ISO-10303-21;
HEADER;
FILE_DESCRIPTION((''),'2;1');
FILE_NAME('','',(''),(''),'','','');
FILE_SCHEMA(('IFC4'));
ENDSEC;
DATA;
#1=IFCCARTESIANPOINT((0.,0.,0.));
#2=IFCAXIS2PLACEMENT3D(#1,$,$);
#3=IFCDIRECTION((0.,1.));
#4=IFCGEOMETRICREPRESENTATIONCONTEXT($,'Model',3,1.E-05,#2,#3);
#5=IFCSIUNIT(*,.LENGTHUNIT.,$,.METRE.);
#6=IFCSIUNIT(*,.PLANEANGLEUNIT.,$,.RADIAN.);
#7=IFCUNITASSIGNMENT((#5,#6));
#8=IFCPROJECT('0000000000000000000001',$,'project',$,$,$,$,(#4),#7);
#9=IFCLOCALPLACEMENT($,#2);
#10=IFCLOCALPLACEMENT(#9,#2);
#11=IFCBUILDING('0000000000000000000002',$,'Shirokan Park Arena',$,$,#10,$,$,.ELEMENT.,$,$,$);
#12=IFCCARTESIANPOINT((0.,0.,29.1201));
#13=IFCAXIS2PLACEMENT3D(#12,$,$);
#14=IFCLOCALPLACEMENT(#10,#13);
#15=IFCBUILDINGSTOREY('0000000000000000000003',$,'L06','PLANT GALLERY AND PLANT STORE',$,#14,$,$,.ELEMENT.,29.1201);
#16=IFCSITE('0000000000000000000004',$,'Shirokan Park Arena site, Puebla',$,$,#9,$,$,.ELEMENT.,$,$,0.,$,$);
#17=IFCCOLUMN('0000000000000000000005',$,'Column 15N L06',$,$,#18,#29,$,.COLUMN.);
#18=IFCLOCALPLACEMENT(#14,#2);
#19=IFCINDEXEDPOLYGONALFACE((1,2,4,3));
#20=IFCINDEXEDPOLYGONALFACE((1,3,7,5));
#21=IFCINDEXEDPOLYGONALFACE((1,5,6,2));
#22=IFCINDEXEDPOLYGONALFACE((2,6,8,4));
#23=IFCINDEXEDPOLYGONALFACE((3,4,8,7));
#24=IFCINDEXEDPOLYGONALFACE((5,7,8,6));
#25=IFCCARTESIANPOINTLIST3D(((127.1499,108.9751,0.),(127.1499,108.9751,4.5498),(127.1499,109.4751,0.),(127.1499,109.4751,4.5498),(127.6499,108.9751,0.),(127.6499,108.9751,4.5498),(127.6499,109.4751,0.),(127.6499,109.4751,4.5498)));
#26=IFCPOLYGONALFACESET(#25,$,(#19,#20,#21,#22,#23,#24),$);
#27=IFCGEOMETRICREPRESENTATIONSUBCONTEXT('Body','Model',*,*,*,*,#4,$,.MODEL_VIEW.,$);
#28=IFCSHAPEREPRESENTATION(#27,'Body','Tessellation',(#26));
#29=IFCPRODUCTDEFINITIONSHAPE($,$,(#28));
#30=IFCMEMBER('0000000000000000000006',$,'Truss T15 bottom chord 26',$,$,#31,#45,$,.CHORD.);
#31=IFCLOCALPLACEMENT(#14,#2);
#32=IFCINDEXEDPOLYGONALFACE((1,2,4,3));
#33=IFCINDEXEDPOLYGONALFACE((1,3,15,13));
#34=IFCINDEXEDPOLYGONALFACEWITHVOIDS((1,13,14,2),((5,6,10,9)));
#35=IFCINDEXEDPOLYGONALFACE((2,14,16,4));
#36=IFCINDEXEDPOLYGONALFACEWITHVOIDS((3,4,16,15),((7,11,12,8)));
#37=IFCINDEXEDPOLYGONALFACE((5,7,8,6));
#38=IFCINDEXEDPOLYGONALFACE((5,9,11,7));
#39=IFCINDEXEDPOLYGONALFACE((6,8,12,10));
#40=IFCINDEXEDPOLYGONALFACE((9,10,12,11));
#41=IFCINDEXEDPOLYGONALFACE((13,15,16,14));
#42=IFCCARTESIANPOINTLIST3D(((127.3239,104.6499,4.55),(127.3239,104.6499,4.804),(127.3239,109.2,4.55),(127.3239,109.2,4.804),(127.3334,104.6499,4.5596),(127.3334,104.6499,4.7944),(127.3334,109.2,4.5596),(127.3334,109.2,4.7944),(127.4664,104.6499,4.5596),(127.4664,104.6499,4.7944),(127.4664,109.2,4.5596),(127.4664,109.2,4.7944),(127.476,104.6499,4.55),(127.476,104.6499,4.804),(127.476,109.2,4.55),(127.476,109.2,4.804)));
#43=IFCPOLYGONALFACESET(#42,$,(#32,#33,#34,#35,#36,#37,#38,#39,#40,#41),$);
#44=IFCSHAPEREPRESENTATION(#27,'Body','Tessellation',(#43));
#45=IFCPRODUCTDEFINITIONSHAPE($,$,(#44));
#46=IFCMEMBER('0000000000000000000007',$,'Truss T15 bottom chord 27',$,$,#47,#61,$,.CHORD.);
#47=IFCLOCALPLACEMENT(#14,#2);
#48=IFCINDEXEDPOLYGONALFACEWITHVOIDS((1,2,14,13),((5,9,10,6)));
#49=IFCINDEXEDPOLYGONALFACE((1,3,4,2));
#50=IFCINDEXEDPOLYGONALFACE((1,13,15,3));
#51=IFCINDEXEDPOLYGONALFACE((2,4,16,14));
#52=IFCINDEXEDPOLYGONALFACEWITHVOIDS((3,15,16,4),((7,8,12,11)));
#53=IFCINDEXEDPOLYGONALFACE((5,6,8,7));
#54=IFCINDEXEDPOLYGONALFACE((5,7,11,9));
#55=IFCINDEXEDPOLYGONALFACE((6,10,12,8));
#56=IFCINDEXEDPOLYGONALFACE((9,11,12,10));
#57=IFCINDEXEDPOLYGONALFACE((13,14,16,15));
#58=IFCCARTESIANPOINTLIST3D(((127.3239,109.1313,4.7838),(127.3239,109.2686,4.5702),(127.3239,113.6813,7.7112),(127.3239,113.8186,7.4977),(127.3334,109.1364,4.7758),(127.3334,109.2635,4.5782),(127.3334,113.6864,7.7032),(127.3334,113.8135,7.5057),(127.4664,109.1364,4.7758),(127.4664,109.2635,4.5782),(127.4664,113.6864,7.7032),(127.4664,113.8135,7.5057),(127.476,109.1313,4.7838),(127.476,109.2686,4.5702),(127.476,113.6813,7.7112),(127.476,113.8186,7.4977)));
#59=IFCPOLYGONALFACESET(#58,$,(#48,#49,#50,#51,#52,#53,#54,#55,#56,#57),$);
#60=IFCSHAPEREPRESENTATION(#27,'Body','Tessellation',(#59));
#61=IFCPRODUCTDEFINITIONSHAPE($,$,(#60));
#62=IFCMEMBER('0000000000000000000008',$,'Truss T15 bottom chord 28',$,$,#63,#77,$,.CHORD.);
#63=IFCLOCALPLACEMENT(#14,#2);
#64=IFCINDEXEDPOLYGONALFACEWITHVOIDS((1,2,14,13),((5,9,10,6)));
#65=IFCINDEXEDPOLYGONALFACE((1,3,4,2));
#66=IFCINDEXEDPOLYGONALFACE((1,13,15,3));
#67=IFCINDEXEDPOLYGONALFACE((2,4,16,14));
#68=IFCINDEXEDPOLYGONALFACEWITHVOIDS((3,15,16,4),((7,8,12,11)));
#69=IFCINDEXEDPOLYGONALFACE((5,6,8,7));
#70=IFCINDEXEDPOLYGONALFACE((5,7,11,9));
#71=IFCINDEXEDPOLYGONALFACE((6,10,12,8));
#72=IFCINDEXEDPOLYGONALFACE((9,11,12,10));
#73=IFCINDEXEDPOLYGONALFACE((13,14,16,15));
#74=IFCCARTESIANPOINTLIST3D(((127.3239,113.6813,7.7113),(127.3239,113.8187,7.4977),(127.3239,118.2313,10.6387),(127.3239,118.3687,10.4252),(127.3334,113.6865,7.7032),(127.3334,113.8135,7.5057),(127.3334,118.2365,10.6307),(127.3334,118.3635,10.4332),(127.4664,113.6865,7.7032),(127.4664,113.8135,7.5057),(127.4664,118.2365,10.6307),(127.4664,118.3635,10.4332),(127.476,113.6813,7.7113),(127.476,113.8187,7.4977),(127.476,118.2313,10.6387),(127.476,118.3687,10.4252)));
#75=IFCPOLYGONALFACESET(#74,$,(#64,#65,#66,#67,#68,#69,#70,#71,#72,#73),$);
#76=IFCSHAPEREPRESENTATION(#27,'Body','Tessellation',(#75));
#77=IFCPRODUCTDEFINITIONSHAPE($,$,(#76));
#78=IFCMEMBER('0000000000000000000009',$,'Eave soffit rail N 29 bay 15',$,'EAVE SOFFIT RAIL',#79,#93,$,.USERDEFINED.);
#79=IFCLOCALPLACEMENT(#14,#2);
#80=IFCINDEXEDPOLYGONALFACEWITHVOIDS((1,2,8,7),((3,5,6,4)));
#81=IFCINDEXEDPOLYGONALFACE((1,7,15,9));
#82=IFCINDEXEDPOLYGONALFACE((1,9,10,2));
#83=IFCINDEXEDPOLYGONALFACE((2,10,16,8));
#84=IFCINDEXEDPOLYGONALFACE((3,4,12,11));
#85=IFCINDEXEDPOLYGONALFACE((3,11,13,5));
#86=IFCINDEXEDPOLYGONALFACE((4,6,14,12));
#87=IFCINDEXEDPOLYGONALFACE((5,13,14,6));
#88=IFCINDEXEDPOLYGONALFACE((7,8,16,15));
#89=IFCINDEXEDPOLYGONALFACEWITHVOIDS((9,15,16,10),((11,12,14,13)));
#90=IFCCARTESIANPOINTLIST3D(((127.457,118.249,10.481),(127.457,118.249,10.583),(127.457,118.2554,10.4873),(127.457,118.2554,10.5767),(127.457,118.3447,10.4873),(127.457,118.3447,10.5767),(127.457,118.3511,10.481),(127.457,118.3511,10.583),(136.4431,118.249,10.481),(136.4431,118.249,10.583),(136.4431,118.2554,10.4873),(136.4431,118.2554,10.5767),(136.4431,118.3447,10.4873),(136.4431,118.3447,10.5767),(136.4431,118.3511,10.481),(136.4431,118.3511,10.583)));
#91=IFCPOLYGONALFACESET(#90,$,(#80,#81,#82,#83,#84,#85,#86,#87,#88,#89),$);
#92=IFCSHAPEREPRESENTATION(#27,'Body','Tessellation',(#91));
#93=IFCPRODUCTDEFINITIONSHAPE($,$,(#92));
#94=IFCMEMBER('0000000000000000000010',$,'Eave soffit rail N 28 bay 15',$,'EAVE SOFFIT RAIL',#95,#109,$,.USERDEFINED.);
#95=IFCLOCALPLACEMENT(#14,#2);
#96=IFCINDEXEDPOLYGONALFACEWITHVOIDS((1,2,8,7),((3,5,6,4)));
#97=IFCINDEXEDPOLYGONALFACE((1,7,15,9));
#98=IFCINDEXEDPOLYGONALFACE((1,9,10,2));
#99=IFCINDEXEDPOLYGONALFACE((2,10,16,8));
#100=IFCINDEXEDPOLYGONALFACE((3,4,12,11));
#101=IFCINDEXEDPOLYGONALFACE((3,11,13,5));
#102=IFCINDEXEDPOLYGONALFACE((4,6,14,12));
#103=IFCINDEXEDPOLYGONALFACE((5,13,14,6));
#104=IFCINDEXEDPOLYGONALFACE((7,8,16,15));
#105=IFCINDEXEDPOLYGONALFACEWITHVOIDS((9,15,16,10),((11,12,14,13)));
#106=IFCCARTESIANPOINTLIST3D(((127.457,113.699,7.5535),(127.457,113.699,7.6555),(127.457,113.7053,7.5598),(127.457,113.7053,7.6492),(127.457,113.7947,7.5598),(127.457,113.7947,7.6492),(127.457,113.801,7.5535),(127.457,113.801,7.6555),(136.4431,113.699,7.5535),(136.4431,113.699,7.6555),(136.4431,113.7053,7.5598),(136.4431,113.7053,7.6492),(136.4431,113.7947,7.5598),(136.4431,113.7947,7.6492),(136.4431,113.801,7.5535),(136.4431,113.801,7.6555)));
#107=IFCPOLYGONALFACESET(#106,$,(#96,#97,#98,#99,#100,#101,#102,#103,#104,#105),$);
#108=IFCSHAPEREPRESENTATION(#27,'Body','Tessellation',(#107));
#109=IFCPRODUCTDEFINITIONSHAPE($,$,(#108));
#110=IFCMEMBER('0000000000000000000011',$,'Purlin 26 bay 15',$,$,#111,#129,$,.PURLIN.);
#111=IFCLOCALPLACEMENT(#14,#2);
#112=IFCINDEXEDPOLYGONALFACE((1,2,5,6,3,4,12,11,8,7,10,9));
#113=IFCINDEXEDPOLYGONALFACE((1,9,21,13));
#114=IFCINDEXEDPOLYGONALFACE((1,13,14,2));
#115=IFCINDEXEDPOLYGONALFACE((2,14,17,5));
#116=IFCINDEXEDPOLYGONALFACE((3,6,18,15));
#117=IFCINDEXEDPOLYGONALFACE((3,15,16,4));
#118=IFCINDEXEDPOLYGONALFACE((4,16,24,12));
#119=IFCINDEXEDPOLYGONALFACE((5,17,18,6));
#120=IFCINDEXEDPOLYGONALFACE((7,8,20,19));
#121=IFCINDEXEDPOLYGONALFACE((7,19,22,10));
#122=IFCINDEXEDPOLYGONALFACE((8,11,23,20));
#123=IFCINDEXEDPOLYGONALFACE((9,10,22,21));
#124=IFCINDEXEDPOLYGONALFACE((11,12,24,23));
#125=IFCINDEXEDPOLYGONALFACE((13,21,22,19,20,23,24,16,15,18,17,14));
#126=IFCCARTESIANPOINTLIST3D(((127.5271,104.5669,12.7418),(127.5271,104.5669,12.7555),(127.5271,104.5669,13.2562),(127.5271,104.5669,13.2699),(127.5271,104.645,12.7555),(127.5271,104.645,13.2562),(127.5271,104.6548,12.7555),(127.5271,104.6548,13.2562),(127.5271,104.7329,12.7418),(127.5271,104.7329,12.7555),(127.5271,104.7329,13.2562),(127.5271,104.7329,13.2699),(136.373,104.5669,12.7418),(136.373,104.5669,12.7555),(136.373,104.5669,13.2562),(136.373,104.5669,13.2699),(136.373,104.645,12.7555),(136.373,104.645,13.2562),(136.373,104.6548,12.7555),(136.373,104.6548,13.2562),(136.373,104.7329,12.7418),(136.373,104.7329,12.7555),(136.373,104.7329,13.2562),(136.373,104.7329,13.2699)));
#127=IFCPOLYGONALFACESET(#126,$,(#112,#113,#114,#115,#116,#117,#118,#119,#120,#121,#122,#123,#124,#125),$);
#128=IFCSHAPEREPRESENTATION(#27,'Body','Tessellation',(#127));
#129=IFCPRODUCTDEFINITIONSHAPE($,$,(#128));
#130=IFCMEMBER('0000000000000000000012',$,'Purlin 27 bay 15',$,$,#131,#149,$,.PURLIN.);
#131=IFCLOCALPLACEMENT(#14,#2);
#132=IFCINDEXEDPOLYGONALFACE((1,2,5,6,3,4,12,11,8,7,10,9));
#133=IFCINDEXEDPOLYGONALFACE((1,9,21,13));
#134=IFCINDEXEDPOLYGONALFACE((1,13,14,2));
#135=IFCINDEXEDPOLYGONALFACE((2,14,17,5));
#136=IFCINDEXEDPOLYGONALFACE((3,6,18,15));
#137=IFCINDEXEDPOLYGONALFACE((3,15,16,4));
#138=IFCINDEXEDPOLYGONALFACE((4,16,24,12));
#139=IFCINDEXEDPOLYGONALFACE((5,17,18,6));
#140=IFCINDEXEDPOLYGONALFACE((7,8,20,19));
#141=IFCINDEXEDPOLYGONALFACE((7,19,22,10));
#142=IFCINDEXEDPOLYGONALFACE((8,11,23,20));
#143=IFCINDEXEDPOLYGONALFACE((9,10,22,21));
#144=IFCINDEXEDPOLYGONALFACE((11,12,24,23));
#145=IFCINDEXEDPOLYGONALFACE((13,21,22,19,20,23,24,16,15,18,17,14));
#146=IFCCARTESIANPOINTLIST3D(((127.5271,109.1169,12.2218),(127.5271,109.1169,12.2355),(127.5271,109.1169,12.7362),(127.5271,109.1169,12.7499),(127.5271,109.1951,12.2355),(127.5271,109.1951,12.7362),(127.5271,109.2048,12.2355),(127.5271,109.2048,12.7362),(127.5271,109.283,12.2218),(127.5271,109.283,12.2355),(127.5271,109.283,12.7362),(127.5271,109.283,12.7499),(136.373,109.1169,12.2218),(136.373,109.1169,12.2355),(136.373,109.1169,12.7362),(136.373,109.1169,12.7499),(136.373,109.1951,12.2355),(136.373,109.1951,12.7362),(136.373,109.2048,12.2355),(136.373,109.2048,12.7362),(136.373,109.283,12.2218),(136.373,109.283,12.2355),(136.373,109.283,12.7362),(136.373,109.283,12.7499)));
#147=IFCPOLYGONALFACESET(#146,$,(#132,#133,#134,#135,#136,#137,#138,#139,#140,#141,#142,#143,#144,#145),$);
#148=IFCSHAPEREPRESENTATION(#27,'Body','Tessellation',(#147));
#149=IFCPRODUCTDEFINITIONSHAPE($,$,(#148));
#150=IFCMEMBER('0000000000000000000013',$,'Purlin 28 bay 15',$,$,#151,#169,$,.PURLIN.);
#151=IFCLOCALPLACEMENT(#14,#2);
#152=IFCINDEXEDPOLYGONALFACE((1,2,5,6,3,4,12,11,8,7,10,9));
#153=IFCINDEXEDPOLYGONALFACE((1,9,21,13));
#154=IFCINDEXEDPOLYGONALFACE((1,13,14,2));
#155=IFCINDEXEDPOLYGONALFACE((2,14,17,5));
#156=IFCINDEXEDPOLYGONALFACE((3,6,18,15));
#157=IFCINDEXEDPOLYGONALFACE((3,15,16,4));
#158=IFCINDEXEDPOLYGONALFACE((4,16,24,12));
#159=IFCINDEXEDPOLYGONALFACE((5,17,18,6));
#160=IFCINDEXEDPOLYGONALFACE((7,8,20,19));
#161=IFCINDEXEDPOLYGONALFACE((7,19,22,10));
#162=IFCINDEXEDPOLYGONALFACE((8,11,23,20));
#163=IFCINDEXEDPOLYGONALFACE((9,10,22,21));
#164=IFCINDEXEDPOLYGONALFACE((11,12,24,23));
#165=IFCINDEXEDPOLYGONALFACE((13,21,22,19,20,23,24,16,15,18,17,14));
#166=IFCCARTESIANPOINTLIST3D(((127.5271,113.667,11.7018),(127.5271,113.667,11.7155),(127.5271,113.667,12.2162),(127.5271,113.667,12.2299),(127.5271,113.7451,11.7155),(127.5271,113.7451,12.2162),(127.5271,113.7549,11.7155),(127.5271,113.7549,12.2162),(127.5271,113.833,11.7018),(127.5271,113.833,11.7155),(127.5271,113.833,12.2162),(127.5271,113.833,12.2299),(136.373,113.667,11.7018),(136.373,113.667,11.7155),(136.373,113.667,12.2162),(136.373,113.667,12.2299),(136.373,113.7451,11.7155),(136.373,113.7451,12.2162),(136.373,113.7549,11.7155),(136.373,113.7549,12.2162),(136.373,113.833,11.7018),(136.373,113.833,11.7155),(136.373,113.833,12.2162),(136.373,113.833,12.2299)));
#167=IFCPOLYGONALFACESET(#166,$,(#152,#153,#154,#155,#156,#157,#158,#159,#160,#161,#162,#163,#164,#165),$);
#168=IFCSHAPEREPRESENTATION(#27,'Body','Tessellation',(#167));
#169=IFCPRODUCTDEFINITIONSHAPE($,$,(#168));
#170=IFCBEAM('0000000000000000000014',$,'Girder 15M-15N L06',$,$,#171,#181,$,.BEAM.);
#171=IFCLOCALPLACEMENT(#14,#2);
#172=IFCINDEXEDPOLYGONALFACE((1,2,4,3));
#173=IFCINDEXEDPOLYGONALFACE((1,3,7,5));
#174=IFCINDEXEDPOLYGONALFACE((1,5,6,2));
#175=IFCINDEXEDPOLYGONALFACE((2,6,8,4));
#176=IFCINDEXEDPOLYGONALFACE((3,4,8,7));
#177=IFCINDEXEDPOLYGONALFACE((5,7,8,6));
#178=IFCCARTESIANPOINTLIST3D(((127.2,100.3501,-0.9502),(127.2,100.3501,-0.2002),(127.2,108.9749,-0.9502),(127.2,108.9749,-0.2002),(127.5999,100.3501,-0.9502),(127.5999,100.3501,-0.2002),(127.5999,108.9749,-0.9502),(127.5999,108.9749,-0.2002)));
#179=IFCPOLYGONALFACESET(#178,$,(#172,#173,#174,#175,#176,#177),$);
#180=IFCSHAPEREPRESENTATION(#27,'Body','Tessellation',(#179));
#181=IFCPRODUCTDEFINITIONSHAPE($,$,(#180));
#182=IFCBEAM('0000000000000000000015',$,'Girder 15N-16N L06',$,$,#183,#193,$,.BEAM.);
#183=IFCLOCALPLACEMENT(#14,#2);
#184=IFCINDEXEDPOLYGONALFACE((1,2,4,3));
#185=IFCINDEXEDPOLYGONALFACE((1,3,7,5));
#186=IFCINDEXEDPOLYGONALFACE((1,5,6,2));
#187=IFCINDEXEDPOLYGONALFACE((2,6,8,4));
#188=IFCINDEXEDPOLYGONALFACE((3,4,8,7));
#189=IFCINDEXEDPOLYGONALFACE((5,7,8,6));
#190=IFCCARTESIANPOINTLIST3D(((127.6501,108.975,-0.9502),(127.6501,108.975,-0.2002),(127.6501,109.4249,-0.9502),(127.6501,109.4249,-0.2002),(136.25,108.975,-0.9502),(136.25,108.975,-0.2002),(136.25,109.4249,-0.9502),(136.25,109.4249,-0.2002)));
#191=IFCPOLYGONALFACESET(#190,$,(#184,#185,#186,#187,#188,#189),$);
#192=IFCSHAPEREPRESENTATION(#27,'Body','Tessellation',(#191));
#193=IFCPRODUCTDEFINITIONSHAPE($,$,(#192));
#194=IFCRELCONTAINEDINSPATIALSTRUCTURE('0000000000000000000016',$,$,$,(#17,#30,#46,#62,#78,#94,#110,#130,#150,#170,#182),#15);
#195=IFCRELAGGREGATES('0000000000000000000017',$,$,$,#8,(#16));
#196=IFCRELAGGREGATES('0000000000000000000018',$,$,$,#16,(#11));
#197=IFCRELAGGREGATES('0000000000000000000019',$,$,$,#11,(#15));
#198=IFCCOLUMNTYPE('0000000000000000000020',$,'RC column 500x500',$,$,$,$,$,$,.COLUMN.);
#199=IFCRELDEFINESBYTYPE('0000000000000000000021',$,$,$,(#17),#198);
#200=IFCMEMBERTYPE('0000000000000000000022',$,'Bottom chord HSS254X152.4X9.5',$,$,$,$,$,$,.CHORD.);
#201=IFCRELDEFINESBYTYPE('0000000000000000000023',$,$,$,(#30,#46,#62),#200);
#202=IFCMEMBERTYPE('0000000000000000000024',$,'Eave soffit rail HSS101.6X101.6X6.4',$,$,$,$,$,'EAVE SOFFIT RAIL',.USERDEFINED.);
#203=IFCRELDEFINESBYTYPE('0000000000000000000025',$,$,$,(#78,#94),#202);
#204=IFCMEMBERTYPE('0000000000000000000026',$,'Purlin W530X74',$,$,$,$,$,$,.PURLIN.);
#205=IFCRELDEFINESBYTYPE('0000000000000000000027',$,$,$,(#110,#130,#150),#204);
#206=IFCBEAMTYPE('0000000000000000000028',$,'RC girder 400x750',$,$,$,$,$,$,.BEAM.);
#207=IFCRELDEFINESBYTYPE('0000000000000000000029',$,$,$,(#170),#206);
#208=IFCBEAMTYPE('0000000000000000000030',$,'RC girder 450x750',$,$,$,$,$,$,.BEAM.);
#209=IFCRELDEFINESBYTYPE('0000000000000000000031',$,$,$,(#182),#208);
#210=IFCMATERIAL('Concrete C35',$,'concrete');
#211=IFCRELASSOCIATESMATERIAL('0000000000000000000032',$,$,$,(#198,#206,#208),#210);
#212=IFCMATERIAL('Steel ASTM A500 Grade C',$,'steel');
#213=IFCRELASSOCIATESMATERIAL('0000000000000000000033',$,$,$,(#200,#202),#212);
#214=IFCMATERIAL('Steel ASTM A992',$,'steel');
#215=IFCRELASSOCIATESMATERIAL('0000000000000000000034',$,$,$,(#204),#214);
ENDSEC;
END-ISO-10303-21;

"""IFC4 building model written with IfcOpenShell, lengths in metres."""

from ifc_helpers import new_model, si_unit, direction, frame, origin, origin_2d, place, context, subcontext, project, spatial, rectangle, hollow_rectangle, i_section, extrude, material, material_profile, profile_set, type_object, element, save


model = new_model("IFC4")

# Units and contexts
model_context = context("Model", 3, precision=1e-05, world=origin(), true_north=direction((0.0, 1.0)))
body_context = subcontext(model_context, "Body", "Model", "MODEL_VIEW")
ifc_project = project(units=[si_unit("LENGTHUNIT", "METRE"), si_unit("PLANEANGLEUNIT", "RADIAN")], contexts=[model_context])

# Site, building, storey
site_placement = place(None, origin())
site = spatial("IfcSite", under=ifc_project, at=site_placement, Name="Shirokan Park Arena site, Puebla", CompositionType="ELEMENT", RefElevation=0.0)
building_placement = place(site_placement, origin())
building = spatial("IfcBuilding", under=site, at=building_placement, Name="Shirokan Park Arena", CompositionType="ELEMENT")
storey_placement = place(building_placement, frame((0.0, 0.0, 29.1201)))
storey = spatial("IfcBuildingStorey", under=building, at=storey_placement, Name="L06", Description="PLANT GALLERY AND PLANT STORE", CompositionType="ELEMENT", Elevation=29.1201)

# Column
ifc_material_1 = material(Name="Concrete C35", Category="concrete")
ifc_material_profile_1 = material_profile(ifc_material_1, rectangle(XDim=0.5, YDim=0.5, at=origin_2d()), Name="500x500")
ifc_profile_set_1 = profile_set([ifc_material_profile_1], Name="Concrete C35")
column_type = type_object("IfcColumnType", Name="RC column 500x500", PredefinedType="COLUMN", material=ifc_profile_set_1)
column_placement = place(storey_placement, frame((127.3999, 109.2251, 0.0), z_axis=(0.0, 0.0, 1.0), x_axis=(1.0, 0.0, 0.0)))
element("IfcColumn", 1, at=column_placement, inside=storey, type_object=column_type, Name="Column 15N L06", PredefinedType="COLUMN", context=body_context, shape_type="SweptSolid", body=[
    extrude(rectangle(XDim=0.5, YDim=0.5, at=origin_2d()), origin(), (0.0, 0.0, 1.0), 4.5498),
])

# Members
ifc_material_2 = material(Name="Steel ASTM A500 Grade C", Category="steel")
ifc_material_profile_2 = material_profile(ifc_material_2, hollow_rectangle(XDim=0.1521, YDim=0.2539, WallThickness=0.0095, at=origin_2d()), Name="HSS254X152.4X9.5")
ifc_profile_set_2 = profile_set([ifc_material_profile_2], Name="Steel ASTM A500 Grade C")
member_type_1 = type_object("IfcMemberType", Name="Bottom chord HSS254X152.4X9.5", PredefinedType="CHORD", material=ifc_profile_set_2)
member_1_placement = place(storey_placement, frame((127.3999, 104.6499, 4.677), z_axis=(0.0, 1.0, 0.0), x_axis=(-1.0, 0.0, 0.0)))
element("IfcMember", 2, at=member_1_placement, inside=storey, type_object=member_type_1, Name="Truss T15 bottom chord 26", PredefinedType="CHORD", context=body_context, shape_type="SweptSolid", body=[
    extrude(hollow_rectangle(XDim=0.1521, YDim=0.2539, WallThickness=0.0095, at=origin_2d()), origin(), (0.0, 0.0, 1.0), 4.55),
])
for number, where, z_axis, x_axis, name in (
    (3, (127.3999, 109.2, 4.677), (0.0, 0.840972, 0.541079), (-1.0, 0.0, 0.0), "Truss T15 bottom chord 27"),
    (4, (127.3999, 113.75, 7.6045), (0.0, 0.840972, 0.541079), (-1.0, 0.0, 0.0), "Truss T15 bottom chord 28"),
):
    element("IfcMember", number, at=place(storey_placement, frame(where, z_axis=z_axis, x_axis=x_axis)), inside=storey, type_object=member_type_1, Name=name, PredefinedType="CHORD", context=body_context, shape_type="SweptSolid", body=[
        extrude(hollow_rectangle(XDim=0.1521, YDim=0.2539, WallThickness=0.0095, at=origin_2d()), origin(), (0.0, 0.0, 1.0), 5.4104),
    ])
ifc_material_profile_3 = material_profile(ifc_material_2, hollow_rectangle(XDim=0.1021, YDim=0.1021, WallThickness=0.0063, at=origin_2d()), Name="HSS101.6X101.6X6.4")
ifc_profile_set_3 = profile_set([ifc_material_profile_3], Name="Steel ASTM A500 Grade C")
member_type_2 = type_object("IfcMemberType", Name="Eave soffit rail HSS101.6X101.6X6.4", ElementType="EAVE SOFFIT RAIL", PredefinedType="USERDEFINED", material=ifc_profile_set_3)
for number, where, z_axis, x_axis, name in (
    (5, (127.457, 118.3, 10.532), (1.0, 0.0, 0.0), (0.0, 1.0, 0.0), "Eave soffit rail N 29 bay 15"),
    (6, (127.457, 113.75, 7.6045), (1.0, 0.0, 0.0), (0.0, 1.0, 0.0), "Eave soffit rail N 28 bay 15"),
):
    element("IfcMember", number, at=place(storey_placement, frame(where, z_axis=z_axis, x_axis=x_axis)), inside=storey, type_object=member_type_2, Name=name, ObjectType="EAVE SOFFIT RAIL", PredefinedType="USERDEFINED", context=body_context, shape_type="SweptSolid", body=[
        extrude(hollow_rectangle(XDim=0.1021, YDim=0.1021, WallThickness=0.0063, at=origin_2d()), origin(), (0.0, 0.0, 1.0), 8.9861),
    ])
ifc_material_3 = material(Name="Steel ASTM A992", Category="steel")
ifc_material_profile_4 = material_profile(ifc_material_3, i_section(OverallWidth=0.166, OverallDepth=0.5281, WebThickness=0.0098, FlangeThickness=0.0137, at=origin_2d()), Name="W530X74")
ifc_profile_set_4 = profile_set([ifc_material_profile_4], Name="Steel ASTM A992")
member_type_3 = type_object("IfcMemberType", Name="Purlin W530X74", PredefinedType="PURLIN", material=ifc_profile_set_4)
for number, where, z_axis, x_axis, name in (
    (7, (127.5271, 104.6499, 13.0059), (1.0, 0.0, 0.0), (0.0, 1.0, 0.0), "Purlin 26 bay 15"),
    (8, (127.5271, 109.2, 12.4858), (1.0, 0.0, 0.0), (0.0, 1.0, 0.0), "Purlin 27 bay 15"),
    (9, (127.5271, 113.75, 11.9658), (1.0, 0.0, 0.0), (0.0, 1.0, 0.0), "Purlin 28 bay 15"),
):
    element("IfcMember", number, at=place(storey_placement, frame(where, z_axis=z_axis, x_axis=x_axis)), inside=storey, type_object=member_type_3, Name=name, PredefinedType="PURLIN", context=body_context, shape_type="SweptSolid", body=[
        extrude(i_section(OverallWidth=0.166, OverallDepth=0.5281, WebThickness=0.0098, FlangeThickness=0.0137, at=origin_2d()), origin(), (0.0, 0.0, 1.0), 8.8459),
    ])

# Beams
ifc_material_profile_5 = material_profile(ifc_material_1, rectangle(XDim=0.3999, YDim=0.75, at=origin_2d()), Name="400x750")
ifc_profile_set_5 = profile_set([ifc_material_profile_5], Name="Concrete C35")
beam_type_1 = type_object("IfcBeamType", Name="RC girder 400x750", PredefinedType="BEAM", material=ifc_profile_set_5)
beam_1_placement = place(storey_placement, frame((127.3999, 100.3501, -0.5752), z_axis=(0.0, 1.0, 0.0), x_axis=(-1.0, 0.0, 0.0)))
element("IfcBeam", 10, at=beam_1_placement, inside=storey, type_object=beam_type_1, Name="Girder 15M-15N L06", PredefinedType="BEAM", context=body_context, shape_type="SweptSolid", body=[
    extrude(rectangle(XDim=0.3999, YDim=0.75, at=origin_2d()), origin(), (0.0, 0.0, 1.0), 8.6248),
])
ifc_material_profile_6 = material_profile(ifc_material_1, rectangle(XDim=0.45, YDim=0.75, at=origin_2d()), Name="450x750")
ifc_profile_set_6 = profile_set([ifc_material_profile_6], Name="Concrete C35")
beam_type_2 = type_object("IfcBeamType", Name="RC girder 450x750", PredefinedType="BEAM", material=ifc_profile_set_6)
beam_2_placement = place(storey_placement, frame((127.6501, 109.2, -0.5752), z_axis=(1.0, 0.0, 0.0), x_axis=(0.0, 1.0, 0.0)))
element("IfcBeam", 11, at=beam_2_placement, inside=storey, type_object=beam_type_2, Name="Girder 15N-16N L06", PredefinedType="BEAM", context=body_context, shape_type="SweptSolid", body=[
    extrude(rectangle(XDim=0.45, YDim=0.75, at=origin_2d()), origin(), (0.0, 0.0, 1.0), 8.5999),
])

save(model, "model.ifc")
